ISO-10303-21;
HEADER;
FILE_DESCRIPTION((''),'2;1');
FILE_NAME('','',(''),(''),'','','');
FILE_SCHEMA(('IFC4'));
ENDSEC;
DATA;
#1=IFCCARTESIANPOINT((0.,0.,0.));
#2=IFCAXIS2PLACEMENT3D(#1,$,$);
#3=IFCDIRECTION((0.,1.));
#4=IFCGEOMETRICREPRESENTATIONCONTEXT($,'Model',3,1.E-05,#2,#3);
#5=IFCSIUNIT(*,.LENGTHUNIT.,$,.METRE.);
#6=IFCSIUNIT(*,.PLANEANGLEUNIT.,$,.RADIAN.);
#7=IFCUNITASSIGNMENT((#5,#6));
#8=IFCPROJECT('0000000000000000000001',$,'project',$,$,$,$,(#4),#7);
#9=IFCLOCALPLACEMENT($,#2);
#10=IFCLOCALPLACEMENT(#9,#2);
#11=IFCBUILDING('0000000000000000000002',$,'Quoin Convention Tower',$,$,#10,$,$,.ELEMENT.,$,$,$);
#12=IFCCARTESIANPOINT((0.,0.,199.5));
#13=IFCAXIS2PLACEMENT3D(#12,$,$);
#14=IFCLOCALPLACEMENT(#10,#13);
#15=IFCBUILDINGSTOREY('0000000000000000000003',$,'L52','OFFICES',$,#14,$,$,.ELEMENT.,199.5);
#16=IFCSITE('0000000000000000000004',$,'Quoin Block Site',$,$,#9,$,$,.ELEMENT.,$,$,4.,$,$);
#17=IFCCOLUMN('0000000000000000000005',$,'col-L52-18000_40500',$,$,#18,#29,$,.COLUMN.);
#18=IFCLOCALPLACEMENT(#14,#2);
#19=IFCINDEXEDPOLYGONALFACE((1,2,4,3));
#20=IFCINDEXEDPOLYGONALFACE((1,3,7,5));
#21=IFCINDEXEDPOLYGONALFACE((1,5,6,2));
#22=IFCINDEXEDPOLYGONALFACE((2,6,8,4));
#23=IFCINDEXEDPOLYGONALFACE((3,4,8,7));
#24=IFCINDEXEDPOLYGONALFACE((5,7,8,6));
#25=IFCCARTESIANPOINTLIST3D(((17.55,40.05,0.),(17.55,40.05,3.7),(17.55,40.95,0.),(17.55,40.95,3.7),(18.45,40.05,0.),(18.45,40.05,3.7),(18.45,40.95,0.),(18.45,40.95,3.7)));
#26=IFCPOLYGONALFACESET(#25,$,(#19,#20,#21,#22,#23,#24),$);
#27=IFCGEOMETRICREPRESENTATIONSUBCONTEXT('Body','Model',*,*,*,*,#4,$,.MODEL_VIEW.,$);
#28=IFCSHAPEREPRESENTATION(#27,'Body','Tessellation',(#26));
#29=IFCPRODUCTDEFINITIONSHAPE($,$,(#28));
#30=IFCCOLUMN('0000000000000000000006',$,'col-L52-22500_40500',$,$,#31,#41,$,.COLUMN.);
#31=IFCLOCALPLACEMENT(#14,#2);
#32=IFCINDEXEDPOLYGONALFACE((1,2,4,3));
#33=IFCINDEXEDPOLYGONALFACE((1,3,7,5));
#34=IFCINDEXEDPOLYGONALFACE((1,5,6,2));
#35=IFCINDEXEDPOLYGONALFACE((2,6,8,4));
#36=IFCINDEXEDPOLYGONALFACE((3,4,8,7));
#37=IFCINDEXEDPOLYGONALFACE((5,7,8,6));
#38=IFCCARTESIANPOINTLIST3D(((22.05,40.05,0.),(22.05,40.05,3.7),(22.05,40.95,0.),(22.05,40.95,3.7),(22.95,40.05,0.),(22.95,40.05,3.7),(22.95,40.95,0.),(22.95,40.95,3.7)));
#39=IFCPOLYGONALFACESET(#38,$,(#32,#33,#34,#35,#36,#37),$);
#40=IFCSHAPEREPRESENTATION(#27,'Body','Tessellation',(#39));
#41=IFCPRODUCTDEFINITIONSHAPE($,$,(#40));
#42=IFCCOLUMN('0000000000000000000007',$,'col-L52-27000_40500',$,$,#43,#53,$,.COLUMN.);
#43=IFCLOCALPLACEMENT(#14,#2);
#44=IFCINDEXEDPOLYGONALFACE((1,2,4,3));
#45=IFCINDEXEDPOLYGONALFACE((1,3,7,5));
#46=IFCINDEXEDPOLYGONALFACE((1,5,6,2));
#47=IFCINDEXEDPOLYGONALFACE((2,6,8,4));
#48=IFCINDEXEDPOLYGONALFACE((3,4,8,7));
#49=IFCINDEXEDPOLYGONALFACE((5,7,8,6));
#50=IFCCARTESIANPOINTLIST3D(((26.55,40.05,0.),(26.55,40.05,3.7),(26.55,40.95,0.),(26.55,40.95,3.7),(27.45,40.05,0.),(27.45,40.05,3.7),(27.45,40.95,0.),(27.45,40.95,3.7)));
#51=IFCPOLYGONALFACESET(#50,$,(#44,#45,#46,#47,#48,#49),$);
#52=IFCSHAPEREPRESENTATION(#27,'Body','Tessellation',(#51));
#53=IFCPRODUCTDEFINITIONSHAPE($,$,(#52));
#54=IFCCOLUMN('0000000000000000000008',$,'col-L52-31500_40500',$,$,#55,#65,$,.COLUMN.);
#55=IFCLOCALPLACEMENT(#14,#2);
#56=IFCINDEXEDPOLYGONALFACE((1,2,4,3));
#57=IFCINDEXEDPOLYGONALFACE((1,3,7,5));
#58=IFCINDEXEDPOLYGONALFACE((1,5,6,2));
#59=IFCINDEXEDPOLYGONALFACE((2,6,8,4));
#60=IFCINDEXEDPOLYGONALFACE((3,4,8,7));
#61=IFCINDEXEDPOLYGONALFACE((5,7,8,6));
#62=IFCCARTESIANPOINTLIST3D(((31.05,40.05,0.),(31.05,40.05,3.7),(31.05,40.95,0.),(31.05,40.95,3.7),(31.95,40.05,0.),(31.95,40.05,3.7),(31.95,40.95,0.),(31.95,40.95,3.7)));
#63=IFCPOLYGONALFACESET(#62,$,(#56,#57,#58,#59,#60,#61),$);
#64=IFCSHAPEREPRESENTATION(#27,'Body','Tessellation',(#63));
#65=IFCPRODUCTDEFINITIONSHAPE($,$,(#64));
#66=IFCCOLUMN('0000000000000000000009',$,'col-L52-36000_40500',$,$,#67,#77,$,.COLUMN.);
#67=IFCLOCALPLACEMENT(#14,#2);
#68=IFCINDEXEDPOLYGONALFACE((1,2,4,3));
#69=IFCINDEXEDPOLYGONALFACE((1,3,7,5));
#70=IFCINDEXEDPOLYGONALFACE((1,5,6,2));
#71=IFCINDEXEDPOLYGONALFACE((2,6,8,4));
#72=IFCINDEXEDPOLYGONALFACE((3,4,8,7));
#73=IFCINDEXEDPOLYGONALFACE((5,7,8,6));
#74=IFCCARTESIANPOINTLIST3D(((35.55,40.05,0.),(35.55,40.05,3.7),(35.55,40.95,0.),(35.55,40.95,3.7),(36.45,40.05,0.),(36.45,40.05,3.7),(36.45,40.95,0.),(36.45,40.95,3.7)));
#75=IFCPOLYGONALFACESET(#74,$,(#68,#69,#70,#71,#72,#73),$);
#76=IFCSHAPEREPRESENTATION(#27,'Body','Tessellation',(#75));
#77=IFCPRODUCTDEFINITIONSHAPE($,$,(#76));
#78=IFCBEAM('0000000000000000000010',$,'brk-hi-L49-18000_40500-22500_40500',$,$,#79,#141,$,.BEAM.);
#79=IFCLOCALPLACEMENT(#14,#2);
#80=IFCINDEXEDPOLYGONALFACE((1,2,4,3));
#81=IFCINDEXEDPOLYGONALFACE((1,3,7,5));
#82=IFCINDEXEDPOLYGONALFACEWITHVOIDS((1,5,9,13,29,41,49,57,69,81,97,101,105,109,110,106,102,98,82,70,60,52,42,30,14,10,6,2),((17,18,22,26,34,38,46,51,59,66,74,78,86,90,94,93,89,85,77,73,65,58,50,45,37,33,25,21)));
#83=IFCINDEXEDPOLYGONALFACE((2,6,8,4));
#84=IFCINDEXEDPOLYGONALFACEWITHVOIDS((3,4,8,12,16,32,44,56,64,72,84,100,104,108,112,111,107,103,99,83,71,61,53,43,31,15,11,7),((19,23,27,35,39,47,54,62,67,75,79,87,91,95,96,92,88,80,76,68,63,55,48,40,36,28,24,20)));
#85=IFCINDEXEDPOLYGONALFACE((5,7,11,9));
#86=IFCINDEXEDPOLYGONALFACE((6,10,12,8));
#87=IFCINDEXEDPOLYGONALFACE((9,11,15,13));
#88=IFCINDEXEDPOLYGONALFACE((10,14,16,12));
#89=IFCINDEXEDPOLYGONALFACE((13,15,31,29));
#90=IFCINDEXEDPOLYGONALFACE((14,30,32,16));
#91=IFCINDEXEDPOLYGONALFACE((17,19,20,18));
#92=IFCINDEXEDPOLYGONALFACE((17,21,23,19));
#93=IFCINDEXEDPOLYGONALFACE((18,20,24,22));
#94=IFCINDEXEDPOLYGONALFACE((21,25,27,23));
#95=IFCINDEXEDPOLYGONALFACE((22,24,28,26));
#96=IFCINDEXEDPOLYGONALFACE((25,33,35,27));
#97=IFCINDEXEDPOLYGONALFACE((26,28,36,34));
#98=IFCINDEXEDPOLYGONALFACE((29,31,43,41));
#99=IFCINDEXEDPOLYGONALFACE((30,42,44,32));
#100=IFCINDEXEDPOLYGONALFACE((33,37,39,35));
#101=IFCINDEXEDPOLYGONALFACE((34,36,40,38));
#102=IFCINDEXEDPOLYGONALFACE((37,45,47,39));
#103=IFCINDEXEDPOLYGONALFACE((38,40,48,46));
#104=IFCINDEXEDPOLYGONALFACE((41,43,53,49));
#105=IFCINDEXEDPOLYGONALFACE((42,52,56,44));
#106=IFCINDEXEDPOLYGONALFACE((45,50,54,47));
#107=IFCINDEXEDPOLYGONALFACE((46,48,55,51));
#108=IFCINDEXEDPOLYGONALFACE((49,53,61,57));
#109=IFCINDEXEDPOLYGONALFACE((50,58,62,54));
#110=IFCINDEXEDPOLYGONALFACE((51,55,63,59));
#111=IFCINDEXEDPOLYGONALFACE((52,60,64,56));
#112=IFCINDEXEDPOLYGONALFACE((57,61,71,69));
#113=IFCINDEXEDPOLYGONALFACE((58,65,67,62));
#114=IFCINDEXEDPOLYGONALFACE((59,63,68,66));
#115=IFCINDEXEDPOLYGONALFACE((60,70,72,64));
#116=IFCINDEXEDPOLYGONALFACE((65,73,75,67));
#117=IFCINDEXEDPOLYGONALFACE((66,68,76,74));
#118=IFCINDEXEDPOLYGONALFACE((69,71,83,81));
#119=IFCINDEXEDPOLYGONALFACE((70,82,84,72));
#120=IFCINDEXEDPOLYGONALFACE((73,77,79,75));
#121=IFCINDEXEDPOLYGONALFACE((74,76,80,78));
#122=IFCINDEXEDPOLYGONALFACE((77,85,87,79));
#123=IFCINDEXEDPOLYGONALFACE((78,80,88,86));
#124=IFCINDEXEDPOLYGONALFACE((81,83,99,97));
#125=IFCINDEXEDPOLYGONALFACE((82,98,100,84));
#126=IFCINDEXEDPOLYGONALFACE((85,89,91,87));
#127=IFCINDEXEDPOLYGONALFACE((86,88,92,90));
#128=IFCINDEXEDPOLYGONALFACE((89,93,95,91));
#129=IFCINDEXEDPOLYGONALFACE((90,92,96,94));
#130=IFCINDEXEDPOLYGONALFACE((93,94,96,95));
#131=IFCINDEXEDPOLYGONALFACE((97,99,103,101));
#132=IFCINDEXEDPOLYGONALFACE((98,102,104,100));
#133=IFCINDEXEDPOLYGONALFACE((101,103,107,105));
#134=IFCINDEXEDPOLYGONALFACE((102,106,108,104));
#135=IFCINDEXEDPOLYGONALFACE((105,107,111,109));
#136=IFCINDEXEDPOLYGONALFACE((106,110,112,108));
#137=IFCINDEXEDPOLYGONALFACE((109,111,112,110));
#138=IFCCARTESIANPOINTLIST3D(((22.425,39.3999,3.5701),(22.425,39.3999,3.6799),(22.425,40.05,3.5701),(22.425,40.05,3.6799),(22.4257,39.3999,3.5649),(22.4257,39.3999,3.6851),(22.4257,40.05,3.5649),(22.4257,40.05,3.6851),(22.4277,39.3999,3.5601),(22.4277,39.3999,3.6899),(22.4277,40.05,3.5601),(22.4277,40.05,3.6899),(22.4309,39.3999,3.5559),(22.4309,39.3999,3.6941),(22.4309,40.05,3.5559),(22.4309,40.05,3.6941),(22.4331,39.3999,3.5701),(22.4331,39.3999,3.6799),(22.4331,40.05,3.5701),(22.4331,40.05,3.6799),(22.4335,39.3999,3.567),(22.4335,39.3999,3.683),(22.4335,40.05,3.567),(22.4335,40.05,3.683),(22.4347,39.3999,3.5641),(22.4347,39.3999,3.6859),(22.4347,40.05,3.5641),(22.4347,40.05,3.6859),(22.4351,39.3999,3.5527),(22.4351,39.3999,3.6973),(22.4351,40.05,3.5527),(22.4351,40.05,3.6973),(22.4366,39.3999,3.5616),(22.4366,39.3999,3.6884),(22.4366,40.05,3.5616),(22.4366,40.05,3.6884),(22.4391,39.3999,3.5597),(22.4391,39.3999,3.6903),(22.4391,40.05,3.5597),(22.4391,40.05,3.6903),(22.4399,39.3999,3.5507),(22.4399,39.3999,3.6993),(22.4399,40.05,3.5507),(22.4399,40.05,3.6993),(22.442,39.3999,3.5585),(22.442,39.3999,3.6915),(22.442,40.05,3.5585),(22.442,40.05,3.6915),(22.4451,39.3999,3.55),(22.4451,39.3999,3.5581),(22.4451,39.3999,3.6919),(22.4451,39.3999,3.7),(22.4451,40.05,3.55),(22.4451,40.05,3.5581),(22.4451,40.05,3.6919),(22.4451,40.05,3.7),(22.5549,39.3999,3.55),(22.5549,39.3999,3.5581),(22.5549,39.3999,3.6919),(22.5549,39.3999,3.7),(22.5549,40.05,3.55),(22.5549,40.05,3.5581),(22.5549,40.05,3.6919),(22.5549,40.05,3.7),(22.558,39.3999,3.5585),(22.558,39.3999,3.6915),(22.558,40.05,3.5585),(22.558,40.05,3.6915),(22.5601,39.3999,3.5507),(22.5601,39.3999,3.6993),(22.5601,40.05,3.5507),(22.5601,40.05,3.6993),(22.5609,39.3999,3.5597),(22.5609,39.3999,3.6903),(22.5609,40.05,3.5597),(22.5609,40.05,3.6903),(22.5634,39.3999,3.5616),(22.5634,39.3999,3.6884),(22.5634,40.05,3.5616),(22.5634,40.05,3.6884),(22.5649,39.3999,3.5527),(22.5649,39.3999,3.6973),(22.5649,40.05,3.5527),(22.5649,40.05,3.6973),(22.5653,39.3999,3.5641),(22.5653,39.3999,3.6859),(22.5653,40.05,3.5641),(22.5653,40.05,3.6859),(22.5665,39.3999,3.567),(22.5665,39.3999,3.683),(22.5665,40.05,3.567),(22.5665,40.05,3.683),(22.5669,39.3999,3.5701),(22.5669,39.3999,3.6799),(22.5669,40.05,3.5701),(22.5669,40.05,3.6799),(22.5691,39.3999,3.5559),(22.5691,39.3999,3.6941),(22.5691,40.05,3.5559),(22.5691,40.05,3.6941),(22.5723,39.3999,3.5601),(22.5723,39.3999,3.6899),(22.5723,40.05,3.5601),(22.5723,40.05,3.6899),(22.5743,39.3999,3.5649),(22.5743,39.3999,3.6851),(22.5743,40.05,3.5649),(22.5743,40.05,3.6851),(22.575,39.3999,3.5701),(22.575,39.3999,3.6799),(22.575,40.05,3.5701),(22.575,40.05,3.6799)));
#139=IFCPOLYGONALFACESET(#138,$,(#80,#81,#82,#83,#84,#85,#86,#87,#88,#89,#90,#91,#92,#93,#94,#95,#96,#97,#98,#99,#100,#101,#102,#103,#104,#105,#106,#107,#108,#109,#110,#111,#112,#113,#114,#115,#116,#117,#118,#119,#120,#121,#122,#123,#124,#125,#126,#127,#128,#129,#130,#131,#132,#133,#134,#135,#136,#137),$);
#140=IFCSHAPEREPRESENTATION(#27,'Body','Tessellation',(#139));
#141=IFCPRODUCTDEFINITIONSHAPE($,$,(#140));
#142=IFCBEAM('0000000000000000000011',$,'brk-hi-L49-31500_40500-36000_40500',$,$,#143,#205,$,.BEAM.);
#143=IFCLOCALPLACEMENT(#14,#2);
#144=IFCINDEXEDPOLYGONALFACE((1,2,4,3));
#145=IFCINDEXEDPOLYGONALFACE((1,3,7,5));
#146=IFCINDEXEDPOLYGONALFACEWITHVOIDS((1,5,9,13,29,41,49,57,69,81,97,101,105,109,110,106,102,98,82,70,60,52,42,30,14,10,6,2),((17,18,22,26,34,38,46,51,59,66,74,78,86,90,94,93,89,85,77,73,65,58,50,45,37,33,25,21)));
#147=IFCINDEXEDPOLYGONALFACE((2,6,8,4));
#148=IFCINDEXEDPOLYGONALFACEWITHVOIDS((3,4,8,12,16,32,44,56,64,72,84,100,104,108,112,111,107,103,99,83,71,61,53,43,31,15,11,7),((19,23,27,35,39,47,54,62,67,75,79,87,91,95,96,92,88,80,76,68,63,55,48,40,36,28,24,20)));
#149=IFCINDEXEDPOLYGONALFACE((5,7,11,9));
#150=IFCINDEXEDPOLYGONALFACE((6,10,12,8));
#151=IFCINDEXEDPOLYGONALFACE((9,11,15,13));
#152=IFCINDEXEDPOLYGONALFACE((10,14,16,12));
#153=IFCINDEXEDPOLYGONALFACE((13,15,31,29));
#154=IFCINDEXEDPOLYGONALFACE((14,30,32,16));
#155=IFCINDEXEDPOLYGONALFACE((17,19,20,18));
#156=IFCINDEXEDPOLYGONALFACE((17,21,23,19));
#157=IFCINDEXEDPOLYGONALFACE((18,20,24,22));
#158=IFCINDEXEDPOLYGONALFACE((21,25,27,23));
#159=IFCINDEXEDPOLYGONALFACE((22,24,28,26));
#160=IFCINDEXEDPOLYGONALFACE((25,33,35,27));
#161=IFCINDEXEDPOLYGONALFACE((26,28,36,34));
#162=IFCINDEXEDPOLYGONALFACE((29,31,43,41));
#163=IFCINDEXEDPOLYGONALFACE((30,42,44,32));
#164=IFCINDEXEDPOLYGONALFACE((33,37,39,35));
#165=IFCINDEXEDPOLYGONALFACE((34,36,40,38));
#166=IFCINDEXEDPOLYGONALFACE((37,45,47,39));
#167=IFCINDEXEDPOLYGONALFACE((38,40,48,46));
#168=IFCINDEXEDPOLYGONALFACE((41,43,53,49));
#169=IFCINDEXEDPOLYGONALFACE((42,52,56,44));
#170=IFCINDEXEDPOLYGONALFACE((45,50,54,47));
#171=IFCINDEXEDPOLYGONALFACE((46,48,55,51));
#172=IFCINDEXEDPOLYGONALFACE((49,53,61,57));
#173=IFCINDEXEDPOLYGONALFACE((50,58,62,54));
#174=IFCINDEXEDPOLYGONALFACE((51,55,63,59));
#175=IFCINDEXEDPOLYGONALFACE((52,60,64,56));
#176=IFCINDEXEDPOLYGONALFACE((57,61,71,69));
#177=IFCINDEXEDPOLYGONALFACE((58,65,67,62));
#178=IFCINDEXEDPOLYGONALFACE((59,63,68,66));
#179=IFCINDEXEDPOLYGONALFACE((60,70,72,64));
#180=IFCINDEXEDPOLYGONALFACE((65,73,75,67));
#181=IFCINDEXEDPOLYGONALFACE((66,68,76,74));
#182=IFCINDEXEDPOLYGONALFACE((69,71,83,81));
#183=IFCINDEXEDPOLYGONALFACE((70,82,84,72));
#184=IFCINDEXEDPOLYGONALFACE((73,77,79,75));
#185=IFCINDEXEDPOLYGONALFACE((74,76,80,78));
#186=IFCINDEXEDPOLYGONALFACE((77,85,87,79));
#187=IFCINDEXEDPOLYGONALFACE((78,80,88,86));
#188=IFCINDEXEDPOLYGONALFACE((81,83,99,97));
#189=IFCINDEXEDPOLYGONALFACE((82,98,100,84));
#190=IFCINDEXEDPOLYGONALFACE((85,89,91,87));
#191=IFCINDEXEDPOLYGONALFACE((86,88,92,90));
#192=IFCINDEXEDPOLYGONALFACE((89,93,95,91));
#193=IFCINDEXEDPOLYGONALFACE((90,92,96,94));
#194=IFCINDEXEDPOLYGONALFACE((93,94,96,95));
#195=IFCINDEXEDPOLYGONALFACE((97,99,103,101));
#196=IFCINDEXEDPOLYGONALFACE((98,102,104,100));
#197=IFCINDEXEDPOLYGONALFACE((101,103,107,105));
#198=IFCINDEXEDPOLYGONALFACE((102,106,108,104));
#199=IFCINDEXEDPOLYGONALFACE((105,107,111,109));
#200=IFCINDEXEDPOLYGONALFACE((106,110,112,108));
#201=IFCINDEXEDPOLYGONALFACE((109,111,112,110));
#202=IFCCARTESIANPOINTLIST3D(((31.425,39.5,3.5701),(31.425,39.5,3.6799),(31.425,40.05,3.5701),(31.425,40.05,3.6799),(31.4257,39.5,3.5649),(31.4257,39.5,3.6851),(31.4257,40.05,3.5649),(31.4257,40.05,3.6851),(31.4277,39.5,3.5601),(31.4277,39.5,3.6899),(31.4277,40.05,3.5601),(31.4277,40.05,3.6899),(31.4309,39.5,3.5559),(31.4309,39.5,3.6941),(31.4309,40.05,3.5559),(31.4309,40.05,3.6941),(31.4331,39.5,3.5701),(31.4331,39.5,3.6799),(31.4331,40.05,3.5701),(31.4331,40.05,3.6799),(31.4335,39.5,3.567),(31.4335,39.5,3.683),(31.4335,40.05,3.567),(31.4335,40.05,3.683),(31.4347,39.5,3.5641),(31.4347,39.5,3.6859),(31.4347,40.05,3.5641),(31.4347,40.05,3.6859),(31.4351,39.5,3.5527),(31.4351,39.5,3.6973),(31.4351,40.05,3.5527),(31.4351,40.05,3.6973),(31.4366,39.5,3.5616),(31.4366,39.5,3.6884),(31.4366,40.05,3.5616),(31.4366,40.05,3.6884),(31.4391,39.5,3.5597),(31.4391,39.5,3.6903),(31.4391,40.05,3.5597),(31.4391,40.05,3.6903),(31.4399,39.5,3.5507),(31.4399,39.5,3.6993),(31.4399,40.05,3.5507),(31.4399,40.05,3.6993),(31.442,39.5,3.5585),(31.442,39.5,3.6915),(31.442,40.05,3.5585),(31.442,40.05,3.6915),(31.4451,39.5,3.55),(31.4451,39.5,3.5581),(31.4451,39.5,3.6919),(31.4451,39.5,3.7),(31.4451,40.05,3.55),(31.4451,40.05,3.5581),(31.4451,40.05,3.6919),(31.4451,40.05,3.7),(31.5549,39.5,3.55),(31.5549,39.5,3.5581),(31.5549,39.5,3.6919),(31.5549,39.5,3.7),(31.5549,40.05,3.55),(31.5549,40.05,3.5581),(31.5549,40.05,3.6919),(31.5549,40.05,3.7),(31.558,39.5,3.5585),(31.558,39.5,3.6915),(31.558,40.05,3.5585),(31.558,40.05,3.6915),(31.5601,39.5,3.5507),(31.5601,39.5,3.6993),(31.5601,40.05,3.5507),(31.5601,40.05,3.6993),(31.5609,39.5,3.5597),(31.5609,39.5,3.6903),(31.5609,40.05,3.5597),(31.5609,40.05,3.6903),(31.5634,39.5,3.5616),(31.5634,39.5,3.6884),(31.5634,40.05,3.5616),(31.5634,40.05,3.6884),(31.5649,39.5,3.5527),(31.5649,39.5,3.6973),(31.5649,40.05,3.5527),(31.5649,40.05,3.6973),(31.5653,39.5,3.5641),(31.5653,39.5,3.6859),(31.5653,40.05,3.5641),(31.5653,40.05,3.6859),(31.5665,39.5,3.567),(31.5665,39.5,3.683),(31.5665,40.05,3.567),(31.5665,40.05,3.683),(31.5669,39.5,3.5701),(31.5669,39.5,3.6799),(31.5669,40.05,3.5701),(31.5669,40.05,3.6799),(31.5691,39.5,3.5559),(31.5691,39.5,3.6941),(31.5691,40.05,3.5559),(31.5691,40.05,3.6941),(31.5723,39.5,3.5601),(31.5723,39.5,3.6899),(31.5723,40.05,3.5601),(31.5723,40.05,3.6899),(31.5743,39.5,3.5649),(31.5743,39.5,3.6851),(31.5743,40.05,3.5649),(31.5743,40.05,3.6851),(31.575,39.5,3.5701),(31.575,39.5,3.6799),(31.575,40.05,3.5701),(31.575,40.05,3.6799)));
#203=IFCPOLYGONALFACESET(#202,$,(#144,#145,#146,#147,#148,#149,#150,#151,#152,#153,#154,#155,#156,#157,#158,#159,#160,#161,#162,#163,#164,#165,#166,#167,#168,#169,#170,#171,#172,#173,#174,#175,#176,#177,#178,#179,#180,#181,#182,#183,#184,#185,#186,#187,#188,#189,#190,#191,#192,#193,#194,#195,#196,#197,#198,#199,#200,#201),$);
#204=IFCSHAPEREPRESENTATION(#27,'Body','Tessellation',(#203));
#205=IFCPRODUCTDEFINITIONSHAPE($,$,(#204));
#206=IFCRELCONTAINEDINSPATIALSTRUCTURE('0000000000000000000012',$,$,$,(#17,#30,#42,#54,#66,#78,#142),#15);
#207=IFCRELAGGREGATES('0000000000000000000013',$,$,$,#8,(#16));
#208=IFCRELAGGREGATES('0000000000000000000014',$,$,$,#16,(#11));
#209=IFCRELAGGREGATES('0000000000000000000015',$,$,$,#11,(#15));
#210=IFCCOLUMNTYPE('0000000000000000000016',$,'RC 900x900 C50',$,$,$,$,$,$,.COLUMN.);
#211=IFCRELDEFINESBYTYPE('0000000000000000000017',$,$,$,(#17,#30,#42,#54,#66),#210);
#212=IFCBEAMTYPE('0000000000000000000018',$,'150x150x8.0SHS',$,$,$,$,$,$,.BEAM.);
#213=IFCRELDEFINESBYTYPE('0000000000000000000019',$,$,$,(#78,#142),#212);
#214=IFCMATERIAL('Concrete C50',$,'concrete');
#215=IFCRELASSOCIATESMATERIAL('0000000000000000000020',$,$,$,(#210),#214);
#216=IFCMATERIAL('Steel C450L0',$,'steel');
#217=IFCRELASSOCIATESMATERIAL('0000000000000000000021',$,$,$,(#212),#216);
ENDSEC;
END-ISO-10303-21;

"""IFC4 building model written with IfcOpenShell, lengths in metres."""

from ifc_helpers import new_model, si_unit, direction, frame, origin, origin_2d, place, context, subcontext, project, spatial, rectangle, hollow_rectangle, extrude, material, material_profile, profile_set, type_object, element, save


model = new_model("IFC4")

# Units and contexts
model_context = context("Model", 3, precision=1e-05, world=origin(), true_north=direction((0.0, 1.0)))
body_context = subcontext(model_context, "Body", "Model", "MODEL_VIEW")
ifc_project = project(units=[si_unit("LENGTHUNIT", "METRE"), si_unit("PLANEANGLEUNIT", "RADIAN")], contexts=[model_context])

# Site, building, storey
site_placement = place(None, origin())
site = spatial("IfcSite", under=ifc_project, at=site_placement, Name="Quoin Block Site", CompositionType="ELEMENT", RefElevation=4.0)
building_placement = place(site_placement, origin())
building = spatial("IfcBuilding", under=site, at=building_placement, Name="Quoin Convention Tower", CompositionType="ELEMENT")
storey_placement = place(building_placement, frame((0.0, 0.0, 199.5)))
storey = spatial("IfcBuildingStorey", under=building, at=storey_placement, Name="L52", Description="OFFICES", CompositionType="ELEMENT", Elevation=199.5)

# Columns
ifc_material_1 = material(Name="Concrete C50", Category="concrete")
ifc_material_profile_1 = material_profile(ifc_material_1, rectangle(XDim=0.8999, YDim=0.8999, at=origin_2d()), Name="RC 900x900")
ifc_profile_set_1 = profile_set([ifc_material_profile_1], Name="Concrete C50")
column_type = type_object("IfcColumnType", Name="RC 900x900 C50", PredefinedType="COLUMN", material=ifc_profile_set_1)
for number, where, z_axis, x_axis, name in (
    (1, (18.0, 40.5, 0.0), (0.0, 0.0, 1.0), (1.0, 0.0, 0.0), "col-L52-18000_40500"),
    (2, (22.5, 40.5, 0.0), (0.0, 0.0, 1.0), (1.0, 0.0, 0.0), "col-L52-22500_40500"),
    (3, (27.0, 40.5, 0.0), (0.0, 0.0, 1.0), (1.0, 0.0, 0.0), "col-L52-27000_40500"),
    (4, (31.5, 40.5, 0.0), (0.0, 0.0, 1.0), (1.0, 0.0, 0.0), "col-L52-31500_40500"),
    (5, (36.0, 40.5, 0.0), (0.0, 0.0, 1.0), (1.0, 0.0, 0.0), "col-L52-36000_40500"),
):
    element("IfcColumn", number, at=place(storey_placement, frame(where, z_axis=z_axis, x_axis=x_axis)), inside=storey, type_object=column_type, Name=name, PredefinedType="COLUMN", context=body_context, shape_type="SweptSolid", body=[
        extrude(rectangle(XDim=0.8999, YDim=0.8999, at=origin_2d()), origin(), (0.0, 0.0, 1.0), 3.7),
    ])

# Beams
ifc_material_2 = material(Name="Steel C450L0", Category="steel")
ifc_material_profile_2 = material_profile(ifc_material_2, hollow_rectangle(XDim=0.1499, YDim=0.1499, WallThickness=0.0081, InnerFilletRadius=0.012, OuterFilletRadius=0.02, at=origin_2d()), Name="150x150x8.0SHS")
ifc_profile_set_2 = profile_set([ifc_material_profile_2], Name="Steel C450L0")
beam_type_1 = type_object("IfcBeamType", Name="150x150x8.0SHS", PredefinedType="BEAM", material=ifc_profile_set_2)
beam_1_placement = place(storey_placement, frame((22.5, 40.05, 3.625), z_axis=(0.0, -1.0, 0.0), x_axis=(1.0, 0.0, 0.0)))
element("IfcBeam", 6, at=beam_1_placement, inside=storey, type_object=beam_type_1, Name="brk-hi-L49-18000_40500-22500_40500", PredefinedType="BEAM", context=body_context, shape_type="SweptSolid", body=[
    extrude(hollow_rectangle(XDim=0.1499, YDim=0.1499, WallThickness=0.0081, InnerFilletRadius=0.012, OuterFilletRadius=0.02, at=origin_2d()), origin(), (0.0, 0.0, 1.0), 0.6501),
])
beam_2_placement = place(storey_placement, frame((31.5, 40.05, 3.625), z_axis=(0.0, -1.0, 0.0), x_axis=(1.0, 0.0, 0.0)))
element("IfcBeam", 7, at=beam_2_placement, inside=storey, type_object=beam_type_1, Name="brk-hi-L49-31500_40500-36000_40500", PredefinedType="BEAM", context=body_context, shape_type="SweptSolid", body=[
    extrude(hollow_rectangle(XDim=0.1499, YDim=0.1499, WallThickness=0.0081, InnerFilletRadius=0.012, OuterFilletRadius=0.02, at=origin_2d()), origin(), (0.0, 0.0, 1.0), 0.55),
])

save(model, "model.ifc")
